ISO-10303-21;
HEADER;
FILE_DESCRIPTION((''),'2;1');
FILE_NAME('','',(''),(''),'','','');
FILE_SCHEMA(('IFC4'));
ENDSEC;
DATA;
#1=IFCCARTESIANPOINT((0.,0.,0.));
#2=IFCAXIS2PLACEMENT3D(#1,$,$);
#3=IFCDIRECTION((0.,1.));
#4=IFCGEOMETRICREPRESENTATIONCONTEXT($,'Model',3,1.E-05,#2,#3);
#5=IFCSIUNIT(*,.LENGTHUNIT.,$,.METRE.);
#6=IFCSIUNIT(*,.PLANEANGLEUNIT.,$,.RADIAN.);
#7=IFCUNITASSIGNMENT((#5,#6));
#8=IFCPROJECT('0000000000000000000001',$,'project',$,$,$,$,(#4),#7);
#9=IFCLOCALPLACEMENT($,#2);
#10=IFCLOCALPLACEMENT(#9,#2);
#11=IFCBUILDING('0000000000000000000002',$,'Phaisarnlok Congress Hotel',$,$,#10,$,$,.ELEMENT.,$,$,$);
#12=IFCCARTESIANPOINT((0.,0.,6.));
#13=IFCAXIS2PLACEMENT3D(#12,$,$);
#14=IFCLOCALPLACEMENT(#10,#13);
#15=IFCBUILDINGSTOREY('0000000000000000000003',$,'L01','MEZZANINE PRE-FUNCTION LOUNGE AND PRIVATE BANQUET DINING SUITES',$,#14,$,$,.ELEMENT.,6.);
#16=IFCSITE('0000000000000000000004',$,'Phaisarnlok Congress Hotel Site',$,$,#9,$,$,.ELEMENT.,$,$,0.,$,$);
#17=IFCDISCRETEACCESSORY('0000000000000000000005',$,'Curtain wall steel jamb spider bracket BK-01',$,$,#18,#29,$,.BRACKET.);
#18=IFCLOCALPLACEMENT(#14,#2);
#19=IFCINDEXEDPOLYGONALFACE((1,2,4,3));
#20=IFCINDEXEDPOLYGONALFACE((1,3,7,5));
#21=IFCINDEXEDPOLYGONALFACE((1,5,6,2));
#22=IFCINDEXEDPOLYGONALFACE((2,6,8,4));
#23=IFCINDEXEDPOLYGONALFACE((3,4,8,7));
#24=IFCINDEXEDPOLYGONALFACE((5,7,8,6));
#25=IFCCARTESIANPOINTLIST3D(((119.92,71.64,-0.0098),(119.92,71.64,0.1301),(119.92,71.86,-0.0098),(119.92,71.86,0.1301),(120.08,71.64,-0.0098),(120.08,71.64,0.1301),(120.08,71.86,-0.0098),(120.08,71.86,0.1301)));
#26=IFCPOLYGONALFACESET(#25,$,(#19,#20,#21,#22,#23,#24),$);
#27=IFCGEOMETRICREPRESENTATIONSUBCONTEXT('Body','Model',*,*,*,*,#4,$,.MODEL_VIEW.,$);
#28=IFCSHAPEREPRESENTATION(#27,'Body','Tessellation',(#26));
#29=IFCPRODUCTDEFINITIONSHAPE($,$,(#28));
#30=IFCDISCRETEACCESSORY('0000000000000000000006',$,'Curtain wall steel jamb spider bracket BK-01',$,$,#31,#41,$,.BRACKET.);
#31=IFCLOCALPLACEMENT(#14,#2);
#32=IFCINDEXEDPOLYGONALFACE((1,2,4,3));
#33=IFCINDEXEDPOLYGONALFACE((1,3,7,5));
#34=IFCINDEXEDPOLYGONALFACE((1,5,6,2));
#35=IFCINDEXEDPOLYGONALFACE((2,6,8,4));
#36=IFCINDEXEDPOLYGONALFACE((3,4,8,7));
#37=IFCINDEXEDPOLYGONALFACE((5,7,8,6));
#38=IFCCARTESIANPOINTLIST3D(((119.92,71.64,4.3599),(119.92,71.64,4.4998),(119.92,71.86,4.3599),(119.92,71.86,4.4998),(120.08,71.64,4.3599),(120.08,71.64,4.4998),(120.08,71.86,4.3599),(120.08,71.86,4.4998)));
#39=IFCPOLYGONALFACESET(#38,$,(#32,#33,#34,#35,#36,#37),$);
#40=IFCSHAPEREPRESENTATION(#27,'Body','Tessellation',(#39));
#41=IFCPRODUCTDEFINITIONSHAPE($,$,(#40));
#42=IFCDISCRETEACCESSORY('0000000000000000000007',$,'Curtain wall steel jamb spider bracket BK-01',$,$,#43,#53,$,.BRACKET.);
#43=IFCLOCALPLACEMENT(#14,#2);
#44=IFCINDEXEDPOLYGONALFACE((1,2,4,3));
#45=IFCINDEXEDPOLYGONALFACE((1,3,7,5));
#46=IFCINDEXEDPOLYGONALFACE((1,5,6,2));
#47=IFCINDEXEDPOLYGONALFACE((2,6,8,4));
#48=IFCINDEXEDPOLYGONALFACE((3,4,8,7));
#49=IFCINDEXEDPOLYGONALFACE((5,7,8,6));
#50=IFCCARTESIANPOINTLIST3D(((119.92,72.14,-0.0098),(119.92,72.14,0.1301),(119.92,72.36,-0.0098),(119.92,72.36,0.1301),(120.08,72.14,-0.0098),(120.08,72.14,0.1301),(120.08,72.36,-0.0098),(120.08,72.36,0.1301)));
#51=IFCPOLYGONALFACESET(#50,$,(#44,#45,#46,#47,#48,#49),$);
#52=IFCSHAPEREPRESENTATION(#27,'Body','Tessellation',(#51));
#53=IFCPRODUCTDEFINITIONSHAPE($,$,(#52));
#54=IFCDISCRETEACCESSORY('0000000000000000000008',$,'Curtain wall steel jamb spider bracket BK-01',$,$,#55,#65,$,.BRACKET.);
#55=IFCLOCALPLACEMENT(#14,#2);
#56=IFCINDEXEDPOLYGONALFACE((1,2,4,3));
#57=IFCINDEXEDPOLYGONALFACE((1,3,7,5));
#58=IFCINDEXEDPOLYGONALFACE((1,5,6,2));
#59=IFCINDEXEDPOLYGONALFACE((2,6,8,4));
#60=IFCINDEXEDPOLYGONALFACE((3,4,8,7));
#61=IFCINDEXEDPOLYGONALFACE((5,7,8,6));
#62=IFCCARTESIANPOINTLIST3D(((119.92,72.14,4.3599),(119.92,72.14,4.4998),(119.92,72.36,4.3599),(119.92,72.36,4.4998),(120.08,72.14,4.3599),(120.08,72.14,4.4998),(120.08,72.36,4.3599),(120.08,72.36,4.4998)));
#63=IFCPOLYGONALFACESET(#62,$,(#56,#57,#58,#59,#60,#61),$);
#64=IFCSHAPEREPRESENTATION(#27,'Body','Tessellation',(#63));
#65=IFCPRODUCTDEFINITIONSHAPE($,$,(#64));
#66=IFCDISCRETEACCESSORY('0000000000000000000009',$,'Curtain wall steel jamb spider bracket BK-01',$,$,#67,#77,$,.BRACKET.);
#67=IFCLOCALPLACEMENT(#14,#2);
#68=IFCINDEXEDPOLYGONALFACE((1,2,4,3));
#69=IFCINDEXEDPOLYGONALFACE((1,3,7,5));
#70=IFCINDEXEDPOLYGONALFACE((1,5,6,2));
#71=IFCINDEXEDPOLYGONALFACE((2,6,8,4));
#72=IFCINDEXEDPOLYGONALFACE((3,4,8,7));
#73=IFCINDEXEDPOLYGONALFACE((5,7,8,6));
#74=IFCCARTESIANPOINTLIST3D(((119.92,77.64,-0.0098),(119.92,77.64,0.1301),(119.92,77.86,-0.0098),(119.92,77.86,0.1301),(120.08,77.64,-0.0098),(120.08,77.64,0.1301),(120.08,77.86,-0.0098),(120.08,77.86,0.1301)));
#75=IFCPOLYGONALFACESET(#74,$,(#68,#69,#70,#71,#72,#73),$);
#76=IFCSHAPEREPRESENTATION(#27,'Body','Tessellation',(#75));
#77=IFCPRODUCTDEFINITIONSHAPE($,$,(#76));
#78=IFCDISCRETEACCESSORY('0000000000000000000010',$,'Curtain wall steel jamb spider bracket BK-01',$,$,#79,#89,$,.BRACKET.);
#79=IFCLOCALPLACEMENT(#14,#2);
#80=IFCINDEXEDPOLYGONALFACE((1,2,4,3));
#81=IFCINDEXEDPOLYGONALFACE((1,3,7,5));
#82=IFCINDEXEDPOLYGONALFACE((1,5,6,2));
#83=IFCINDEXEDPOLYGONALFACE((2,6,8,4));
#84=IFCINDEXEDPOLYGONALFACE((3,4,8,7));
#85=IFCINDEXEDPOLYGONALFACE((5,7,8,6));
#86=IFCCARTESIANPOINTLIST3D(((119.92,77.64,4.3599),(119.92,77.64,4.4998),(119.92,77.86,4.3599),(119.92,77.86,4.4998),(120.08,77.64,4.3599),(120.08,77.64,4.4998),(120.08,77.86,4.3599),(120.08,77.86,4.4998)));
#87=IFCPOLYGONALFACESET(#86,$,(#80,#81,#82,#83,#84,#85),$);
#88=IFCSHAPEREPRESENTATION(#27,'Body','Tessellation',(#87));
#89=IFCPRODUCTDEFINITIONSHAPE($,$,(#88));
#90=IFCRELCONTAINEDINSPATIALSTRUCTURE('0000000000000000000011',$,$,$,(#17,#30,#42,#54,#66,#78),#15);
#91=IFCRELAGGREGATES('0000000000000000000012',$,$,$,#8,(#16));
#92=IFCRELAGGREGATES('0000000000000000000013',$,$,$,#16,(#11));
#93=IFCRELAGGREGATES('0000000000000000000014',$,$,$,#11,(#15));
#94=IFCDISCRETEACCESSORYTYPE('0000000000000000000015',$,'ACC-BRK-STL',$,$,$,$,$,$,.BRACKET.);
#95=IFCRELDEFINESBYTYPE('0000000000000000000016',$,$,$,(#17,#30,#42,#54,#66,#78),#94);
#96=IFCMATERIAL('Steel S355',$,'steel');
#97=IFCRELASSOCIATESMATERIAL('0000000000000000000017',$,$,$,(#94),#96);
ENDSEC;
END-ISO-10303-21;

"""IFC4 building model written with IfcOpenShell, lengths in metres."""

from ifc_helpers import new_model, si_unit, direction, frame, origin, origin_2d, place, context, subcontext, project, spatial, rectangle, extrude, material, type_object, element, save


model = new_model("IFC4")

# Units and contexts
model_context = context("Model", 3, precision=1e-05, world=origin(), true_north=direction((0.0, 1.0)))
body_context = subcontext(model_context, "Body", "Model", "MODEL_VIEW")
ifc_project = project(units=[si_unit("LENGTHUNIT", "METRE"), si_unit("PLANEANGLEUNIT", "RADIAN")], contexts=[model_context])

# Site, building, storey
site_placement = place(None, origin())
site = spatial("IfcSite", under=ifc_project, at=site_placement, Name="Phaisarnlok Congress Hotel Site", CompositionType="ELEMENT", RefElevation=0.0)
building_placement = place(site_placement, origin())
building = spatial("IfcBuilding", under=site, at=building_placement, Name="Phaisarnlok Congress Hotel", CompositionType="ELEMENT")
storey_placement = place(building_placement, frame((0.0, 0.0, 6.0)))
storey = spatial("IfcBuildingStorey", under=building, at=storey_placement, Name="L01", Description="MEZZANINE PRE-FUNCTION LOUNGE AND PRIVATE BANQUET DINING SUITES", CompositionType="ELEMENT", Elevation=6.0)

# Shared definitions
ifc_material_1 = material(Name="Steel S355", Category="steel")

# Discrete accessories
discrete_accessory_type = type_object("IfcDiscreteAccessoryType", Name="ACC-BRK-STL", PredefinedType="BRACKET", material=ifc_material_1)
for number, where, z_axis, x_axis, name in (
    (1, (120.0, 71.75, -0.0098), (0.0, 0.0, 1.0), (1.0, 0.0, 0.0), "Curtain wall steel jamb spider bracket BK-01"),
    (2, (120.0, 71.75, 4.3599), (0.0, 0.0, 1.0), (1.0, 0.0, 0.0), "Curtain wall steel jamb spider bracket BK-01"),
    (3, (120.0, 72.25, -0.0098), (0.0, 0.0, 1.0), (1.0, 0.0, 0.0), "Curtain wall steel jamb spider bracket BK-01"),
    (4, (120.0, 72.25, 4.3599), (0.0, 0.0, 1.0), (1.0, 0.0, 0.0), "Curtain wall steel jamb spider bracket BK-01"),
    (5, (120.0, 77.75, -0.0098), (0.0, 0.0, 1.0), (1.0, 0.0, 0.0), "Curtain wall steel jamb spider bracket BK-01"),
    (6, (120.0, 77.75, 4.3599), (0.0, 0.0, 1.0), (1.0, 0.0, 0.0), "Curtain wall steel jamb spider bracket BK-01"),
):
    element("IfcDiscreteAccessory", number, at=place(storey_placement, frame(where, z_axis=z_axis, x_axis=x_axis)), inside=storey, type_object=discrete_accessory_type, Name=name, PredefinedType="BRACKET", context=body_context, shape_type="SweptSolid", body=[
        extrude(rectangle(XDim=0.1599, YDim=0.22, at=origin_2d()), origin(), (0.0, 0.0, 1.0), 0.1399),
    ])

save(model, "model.ifc")
